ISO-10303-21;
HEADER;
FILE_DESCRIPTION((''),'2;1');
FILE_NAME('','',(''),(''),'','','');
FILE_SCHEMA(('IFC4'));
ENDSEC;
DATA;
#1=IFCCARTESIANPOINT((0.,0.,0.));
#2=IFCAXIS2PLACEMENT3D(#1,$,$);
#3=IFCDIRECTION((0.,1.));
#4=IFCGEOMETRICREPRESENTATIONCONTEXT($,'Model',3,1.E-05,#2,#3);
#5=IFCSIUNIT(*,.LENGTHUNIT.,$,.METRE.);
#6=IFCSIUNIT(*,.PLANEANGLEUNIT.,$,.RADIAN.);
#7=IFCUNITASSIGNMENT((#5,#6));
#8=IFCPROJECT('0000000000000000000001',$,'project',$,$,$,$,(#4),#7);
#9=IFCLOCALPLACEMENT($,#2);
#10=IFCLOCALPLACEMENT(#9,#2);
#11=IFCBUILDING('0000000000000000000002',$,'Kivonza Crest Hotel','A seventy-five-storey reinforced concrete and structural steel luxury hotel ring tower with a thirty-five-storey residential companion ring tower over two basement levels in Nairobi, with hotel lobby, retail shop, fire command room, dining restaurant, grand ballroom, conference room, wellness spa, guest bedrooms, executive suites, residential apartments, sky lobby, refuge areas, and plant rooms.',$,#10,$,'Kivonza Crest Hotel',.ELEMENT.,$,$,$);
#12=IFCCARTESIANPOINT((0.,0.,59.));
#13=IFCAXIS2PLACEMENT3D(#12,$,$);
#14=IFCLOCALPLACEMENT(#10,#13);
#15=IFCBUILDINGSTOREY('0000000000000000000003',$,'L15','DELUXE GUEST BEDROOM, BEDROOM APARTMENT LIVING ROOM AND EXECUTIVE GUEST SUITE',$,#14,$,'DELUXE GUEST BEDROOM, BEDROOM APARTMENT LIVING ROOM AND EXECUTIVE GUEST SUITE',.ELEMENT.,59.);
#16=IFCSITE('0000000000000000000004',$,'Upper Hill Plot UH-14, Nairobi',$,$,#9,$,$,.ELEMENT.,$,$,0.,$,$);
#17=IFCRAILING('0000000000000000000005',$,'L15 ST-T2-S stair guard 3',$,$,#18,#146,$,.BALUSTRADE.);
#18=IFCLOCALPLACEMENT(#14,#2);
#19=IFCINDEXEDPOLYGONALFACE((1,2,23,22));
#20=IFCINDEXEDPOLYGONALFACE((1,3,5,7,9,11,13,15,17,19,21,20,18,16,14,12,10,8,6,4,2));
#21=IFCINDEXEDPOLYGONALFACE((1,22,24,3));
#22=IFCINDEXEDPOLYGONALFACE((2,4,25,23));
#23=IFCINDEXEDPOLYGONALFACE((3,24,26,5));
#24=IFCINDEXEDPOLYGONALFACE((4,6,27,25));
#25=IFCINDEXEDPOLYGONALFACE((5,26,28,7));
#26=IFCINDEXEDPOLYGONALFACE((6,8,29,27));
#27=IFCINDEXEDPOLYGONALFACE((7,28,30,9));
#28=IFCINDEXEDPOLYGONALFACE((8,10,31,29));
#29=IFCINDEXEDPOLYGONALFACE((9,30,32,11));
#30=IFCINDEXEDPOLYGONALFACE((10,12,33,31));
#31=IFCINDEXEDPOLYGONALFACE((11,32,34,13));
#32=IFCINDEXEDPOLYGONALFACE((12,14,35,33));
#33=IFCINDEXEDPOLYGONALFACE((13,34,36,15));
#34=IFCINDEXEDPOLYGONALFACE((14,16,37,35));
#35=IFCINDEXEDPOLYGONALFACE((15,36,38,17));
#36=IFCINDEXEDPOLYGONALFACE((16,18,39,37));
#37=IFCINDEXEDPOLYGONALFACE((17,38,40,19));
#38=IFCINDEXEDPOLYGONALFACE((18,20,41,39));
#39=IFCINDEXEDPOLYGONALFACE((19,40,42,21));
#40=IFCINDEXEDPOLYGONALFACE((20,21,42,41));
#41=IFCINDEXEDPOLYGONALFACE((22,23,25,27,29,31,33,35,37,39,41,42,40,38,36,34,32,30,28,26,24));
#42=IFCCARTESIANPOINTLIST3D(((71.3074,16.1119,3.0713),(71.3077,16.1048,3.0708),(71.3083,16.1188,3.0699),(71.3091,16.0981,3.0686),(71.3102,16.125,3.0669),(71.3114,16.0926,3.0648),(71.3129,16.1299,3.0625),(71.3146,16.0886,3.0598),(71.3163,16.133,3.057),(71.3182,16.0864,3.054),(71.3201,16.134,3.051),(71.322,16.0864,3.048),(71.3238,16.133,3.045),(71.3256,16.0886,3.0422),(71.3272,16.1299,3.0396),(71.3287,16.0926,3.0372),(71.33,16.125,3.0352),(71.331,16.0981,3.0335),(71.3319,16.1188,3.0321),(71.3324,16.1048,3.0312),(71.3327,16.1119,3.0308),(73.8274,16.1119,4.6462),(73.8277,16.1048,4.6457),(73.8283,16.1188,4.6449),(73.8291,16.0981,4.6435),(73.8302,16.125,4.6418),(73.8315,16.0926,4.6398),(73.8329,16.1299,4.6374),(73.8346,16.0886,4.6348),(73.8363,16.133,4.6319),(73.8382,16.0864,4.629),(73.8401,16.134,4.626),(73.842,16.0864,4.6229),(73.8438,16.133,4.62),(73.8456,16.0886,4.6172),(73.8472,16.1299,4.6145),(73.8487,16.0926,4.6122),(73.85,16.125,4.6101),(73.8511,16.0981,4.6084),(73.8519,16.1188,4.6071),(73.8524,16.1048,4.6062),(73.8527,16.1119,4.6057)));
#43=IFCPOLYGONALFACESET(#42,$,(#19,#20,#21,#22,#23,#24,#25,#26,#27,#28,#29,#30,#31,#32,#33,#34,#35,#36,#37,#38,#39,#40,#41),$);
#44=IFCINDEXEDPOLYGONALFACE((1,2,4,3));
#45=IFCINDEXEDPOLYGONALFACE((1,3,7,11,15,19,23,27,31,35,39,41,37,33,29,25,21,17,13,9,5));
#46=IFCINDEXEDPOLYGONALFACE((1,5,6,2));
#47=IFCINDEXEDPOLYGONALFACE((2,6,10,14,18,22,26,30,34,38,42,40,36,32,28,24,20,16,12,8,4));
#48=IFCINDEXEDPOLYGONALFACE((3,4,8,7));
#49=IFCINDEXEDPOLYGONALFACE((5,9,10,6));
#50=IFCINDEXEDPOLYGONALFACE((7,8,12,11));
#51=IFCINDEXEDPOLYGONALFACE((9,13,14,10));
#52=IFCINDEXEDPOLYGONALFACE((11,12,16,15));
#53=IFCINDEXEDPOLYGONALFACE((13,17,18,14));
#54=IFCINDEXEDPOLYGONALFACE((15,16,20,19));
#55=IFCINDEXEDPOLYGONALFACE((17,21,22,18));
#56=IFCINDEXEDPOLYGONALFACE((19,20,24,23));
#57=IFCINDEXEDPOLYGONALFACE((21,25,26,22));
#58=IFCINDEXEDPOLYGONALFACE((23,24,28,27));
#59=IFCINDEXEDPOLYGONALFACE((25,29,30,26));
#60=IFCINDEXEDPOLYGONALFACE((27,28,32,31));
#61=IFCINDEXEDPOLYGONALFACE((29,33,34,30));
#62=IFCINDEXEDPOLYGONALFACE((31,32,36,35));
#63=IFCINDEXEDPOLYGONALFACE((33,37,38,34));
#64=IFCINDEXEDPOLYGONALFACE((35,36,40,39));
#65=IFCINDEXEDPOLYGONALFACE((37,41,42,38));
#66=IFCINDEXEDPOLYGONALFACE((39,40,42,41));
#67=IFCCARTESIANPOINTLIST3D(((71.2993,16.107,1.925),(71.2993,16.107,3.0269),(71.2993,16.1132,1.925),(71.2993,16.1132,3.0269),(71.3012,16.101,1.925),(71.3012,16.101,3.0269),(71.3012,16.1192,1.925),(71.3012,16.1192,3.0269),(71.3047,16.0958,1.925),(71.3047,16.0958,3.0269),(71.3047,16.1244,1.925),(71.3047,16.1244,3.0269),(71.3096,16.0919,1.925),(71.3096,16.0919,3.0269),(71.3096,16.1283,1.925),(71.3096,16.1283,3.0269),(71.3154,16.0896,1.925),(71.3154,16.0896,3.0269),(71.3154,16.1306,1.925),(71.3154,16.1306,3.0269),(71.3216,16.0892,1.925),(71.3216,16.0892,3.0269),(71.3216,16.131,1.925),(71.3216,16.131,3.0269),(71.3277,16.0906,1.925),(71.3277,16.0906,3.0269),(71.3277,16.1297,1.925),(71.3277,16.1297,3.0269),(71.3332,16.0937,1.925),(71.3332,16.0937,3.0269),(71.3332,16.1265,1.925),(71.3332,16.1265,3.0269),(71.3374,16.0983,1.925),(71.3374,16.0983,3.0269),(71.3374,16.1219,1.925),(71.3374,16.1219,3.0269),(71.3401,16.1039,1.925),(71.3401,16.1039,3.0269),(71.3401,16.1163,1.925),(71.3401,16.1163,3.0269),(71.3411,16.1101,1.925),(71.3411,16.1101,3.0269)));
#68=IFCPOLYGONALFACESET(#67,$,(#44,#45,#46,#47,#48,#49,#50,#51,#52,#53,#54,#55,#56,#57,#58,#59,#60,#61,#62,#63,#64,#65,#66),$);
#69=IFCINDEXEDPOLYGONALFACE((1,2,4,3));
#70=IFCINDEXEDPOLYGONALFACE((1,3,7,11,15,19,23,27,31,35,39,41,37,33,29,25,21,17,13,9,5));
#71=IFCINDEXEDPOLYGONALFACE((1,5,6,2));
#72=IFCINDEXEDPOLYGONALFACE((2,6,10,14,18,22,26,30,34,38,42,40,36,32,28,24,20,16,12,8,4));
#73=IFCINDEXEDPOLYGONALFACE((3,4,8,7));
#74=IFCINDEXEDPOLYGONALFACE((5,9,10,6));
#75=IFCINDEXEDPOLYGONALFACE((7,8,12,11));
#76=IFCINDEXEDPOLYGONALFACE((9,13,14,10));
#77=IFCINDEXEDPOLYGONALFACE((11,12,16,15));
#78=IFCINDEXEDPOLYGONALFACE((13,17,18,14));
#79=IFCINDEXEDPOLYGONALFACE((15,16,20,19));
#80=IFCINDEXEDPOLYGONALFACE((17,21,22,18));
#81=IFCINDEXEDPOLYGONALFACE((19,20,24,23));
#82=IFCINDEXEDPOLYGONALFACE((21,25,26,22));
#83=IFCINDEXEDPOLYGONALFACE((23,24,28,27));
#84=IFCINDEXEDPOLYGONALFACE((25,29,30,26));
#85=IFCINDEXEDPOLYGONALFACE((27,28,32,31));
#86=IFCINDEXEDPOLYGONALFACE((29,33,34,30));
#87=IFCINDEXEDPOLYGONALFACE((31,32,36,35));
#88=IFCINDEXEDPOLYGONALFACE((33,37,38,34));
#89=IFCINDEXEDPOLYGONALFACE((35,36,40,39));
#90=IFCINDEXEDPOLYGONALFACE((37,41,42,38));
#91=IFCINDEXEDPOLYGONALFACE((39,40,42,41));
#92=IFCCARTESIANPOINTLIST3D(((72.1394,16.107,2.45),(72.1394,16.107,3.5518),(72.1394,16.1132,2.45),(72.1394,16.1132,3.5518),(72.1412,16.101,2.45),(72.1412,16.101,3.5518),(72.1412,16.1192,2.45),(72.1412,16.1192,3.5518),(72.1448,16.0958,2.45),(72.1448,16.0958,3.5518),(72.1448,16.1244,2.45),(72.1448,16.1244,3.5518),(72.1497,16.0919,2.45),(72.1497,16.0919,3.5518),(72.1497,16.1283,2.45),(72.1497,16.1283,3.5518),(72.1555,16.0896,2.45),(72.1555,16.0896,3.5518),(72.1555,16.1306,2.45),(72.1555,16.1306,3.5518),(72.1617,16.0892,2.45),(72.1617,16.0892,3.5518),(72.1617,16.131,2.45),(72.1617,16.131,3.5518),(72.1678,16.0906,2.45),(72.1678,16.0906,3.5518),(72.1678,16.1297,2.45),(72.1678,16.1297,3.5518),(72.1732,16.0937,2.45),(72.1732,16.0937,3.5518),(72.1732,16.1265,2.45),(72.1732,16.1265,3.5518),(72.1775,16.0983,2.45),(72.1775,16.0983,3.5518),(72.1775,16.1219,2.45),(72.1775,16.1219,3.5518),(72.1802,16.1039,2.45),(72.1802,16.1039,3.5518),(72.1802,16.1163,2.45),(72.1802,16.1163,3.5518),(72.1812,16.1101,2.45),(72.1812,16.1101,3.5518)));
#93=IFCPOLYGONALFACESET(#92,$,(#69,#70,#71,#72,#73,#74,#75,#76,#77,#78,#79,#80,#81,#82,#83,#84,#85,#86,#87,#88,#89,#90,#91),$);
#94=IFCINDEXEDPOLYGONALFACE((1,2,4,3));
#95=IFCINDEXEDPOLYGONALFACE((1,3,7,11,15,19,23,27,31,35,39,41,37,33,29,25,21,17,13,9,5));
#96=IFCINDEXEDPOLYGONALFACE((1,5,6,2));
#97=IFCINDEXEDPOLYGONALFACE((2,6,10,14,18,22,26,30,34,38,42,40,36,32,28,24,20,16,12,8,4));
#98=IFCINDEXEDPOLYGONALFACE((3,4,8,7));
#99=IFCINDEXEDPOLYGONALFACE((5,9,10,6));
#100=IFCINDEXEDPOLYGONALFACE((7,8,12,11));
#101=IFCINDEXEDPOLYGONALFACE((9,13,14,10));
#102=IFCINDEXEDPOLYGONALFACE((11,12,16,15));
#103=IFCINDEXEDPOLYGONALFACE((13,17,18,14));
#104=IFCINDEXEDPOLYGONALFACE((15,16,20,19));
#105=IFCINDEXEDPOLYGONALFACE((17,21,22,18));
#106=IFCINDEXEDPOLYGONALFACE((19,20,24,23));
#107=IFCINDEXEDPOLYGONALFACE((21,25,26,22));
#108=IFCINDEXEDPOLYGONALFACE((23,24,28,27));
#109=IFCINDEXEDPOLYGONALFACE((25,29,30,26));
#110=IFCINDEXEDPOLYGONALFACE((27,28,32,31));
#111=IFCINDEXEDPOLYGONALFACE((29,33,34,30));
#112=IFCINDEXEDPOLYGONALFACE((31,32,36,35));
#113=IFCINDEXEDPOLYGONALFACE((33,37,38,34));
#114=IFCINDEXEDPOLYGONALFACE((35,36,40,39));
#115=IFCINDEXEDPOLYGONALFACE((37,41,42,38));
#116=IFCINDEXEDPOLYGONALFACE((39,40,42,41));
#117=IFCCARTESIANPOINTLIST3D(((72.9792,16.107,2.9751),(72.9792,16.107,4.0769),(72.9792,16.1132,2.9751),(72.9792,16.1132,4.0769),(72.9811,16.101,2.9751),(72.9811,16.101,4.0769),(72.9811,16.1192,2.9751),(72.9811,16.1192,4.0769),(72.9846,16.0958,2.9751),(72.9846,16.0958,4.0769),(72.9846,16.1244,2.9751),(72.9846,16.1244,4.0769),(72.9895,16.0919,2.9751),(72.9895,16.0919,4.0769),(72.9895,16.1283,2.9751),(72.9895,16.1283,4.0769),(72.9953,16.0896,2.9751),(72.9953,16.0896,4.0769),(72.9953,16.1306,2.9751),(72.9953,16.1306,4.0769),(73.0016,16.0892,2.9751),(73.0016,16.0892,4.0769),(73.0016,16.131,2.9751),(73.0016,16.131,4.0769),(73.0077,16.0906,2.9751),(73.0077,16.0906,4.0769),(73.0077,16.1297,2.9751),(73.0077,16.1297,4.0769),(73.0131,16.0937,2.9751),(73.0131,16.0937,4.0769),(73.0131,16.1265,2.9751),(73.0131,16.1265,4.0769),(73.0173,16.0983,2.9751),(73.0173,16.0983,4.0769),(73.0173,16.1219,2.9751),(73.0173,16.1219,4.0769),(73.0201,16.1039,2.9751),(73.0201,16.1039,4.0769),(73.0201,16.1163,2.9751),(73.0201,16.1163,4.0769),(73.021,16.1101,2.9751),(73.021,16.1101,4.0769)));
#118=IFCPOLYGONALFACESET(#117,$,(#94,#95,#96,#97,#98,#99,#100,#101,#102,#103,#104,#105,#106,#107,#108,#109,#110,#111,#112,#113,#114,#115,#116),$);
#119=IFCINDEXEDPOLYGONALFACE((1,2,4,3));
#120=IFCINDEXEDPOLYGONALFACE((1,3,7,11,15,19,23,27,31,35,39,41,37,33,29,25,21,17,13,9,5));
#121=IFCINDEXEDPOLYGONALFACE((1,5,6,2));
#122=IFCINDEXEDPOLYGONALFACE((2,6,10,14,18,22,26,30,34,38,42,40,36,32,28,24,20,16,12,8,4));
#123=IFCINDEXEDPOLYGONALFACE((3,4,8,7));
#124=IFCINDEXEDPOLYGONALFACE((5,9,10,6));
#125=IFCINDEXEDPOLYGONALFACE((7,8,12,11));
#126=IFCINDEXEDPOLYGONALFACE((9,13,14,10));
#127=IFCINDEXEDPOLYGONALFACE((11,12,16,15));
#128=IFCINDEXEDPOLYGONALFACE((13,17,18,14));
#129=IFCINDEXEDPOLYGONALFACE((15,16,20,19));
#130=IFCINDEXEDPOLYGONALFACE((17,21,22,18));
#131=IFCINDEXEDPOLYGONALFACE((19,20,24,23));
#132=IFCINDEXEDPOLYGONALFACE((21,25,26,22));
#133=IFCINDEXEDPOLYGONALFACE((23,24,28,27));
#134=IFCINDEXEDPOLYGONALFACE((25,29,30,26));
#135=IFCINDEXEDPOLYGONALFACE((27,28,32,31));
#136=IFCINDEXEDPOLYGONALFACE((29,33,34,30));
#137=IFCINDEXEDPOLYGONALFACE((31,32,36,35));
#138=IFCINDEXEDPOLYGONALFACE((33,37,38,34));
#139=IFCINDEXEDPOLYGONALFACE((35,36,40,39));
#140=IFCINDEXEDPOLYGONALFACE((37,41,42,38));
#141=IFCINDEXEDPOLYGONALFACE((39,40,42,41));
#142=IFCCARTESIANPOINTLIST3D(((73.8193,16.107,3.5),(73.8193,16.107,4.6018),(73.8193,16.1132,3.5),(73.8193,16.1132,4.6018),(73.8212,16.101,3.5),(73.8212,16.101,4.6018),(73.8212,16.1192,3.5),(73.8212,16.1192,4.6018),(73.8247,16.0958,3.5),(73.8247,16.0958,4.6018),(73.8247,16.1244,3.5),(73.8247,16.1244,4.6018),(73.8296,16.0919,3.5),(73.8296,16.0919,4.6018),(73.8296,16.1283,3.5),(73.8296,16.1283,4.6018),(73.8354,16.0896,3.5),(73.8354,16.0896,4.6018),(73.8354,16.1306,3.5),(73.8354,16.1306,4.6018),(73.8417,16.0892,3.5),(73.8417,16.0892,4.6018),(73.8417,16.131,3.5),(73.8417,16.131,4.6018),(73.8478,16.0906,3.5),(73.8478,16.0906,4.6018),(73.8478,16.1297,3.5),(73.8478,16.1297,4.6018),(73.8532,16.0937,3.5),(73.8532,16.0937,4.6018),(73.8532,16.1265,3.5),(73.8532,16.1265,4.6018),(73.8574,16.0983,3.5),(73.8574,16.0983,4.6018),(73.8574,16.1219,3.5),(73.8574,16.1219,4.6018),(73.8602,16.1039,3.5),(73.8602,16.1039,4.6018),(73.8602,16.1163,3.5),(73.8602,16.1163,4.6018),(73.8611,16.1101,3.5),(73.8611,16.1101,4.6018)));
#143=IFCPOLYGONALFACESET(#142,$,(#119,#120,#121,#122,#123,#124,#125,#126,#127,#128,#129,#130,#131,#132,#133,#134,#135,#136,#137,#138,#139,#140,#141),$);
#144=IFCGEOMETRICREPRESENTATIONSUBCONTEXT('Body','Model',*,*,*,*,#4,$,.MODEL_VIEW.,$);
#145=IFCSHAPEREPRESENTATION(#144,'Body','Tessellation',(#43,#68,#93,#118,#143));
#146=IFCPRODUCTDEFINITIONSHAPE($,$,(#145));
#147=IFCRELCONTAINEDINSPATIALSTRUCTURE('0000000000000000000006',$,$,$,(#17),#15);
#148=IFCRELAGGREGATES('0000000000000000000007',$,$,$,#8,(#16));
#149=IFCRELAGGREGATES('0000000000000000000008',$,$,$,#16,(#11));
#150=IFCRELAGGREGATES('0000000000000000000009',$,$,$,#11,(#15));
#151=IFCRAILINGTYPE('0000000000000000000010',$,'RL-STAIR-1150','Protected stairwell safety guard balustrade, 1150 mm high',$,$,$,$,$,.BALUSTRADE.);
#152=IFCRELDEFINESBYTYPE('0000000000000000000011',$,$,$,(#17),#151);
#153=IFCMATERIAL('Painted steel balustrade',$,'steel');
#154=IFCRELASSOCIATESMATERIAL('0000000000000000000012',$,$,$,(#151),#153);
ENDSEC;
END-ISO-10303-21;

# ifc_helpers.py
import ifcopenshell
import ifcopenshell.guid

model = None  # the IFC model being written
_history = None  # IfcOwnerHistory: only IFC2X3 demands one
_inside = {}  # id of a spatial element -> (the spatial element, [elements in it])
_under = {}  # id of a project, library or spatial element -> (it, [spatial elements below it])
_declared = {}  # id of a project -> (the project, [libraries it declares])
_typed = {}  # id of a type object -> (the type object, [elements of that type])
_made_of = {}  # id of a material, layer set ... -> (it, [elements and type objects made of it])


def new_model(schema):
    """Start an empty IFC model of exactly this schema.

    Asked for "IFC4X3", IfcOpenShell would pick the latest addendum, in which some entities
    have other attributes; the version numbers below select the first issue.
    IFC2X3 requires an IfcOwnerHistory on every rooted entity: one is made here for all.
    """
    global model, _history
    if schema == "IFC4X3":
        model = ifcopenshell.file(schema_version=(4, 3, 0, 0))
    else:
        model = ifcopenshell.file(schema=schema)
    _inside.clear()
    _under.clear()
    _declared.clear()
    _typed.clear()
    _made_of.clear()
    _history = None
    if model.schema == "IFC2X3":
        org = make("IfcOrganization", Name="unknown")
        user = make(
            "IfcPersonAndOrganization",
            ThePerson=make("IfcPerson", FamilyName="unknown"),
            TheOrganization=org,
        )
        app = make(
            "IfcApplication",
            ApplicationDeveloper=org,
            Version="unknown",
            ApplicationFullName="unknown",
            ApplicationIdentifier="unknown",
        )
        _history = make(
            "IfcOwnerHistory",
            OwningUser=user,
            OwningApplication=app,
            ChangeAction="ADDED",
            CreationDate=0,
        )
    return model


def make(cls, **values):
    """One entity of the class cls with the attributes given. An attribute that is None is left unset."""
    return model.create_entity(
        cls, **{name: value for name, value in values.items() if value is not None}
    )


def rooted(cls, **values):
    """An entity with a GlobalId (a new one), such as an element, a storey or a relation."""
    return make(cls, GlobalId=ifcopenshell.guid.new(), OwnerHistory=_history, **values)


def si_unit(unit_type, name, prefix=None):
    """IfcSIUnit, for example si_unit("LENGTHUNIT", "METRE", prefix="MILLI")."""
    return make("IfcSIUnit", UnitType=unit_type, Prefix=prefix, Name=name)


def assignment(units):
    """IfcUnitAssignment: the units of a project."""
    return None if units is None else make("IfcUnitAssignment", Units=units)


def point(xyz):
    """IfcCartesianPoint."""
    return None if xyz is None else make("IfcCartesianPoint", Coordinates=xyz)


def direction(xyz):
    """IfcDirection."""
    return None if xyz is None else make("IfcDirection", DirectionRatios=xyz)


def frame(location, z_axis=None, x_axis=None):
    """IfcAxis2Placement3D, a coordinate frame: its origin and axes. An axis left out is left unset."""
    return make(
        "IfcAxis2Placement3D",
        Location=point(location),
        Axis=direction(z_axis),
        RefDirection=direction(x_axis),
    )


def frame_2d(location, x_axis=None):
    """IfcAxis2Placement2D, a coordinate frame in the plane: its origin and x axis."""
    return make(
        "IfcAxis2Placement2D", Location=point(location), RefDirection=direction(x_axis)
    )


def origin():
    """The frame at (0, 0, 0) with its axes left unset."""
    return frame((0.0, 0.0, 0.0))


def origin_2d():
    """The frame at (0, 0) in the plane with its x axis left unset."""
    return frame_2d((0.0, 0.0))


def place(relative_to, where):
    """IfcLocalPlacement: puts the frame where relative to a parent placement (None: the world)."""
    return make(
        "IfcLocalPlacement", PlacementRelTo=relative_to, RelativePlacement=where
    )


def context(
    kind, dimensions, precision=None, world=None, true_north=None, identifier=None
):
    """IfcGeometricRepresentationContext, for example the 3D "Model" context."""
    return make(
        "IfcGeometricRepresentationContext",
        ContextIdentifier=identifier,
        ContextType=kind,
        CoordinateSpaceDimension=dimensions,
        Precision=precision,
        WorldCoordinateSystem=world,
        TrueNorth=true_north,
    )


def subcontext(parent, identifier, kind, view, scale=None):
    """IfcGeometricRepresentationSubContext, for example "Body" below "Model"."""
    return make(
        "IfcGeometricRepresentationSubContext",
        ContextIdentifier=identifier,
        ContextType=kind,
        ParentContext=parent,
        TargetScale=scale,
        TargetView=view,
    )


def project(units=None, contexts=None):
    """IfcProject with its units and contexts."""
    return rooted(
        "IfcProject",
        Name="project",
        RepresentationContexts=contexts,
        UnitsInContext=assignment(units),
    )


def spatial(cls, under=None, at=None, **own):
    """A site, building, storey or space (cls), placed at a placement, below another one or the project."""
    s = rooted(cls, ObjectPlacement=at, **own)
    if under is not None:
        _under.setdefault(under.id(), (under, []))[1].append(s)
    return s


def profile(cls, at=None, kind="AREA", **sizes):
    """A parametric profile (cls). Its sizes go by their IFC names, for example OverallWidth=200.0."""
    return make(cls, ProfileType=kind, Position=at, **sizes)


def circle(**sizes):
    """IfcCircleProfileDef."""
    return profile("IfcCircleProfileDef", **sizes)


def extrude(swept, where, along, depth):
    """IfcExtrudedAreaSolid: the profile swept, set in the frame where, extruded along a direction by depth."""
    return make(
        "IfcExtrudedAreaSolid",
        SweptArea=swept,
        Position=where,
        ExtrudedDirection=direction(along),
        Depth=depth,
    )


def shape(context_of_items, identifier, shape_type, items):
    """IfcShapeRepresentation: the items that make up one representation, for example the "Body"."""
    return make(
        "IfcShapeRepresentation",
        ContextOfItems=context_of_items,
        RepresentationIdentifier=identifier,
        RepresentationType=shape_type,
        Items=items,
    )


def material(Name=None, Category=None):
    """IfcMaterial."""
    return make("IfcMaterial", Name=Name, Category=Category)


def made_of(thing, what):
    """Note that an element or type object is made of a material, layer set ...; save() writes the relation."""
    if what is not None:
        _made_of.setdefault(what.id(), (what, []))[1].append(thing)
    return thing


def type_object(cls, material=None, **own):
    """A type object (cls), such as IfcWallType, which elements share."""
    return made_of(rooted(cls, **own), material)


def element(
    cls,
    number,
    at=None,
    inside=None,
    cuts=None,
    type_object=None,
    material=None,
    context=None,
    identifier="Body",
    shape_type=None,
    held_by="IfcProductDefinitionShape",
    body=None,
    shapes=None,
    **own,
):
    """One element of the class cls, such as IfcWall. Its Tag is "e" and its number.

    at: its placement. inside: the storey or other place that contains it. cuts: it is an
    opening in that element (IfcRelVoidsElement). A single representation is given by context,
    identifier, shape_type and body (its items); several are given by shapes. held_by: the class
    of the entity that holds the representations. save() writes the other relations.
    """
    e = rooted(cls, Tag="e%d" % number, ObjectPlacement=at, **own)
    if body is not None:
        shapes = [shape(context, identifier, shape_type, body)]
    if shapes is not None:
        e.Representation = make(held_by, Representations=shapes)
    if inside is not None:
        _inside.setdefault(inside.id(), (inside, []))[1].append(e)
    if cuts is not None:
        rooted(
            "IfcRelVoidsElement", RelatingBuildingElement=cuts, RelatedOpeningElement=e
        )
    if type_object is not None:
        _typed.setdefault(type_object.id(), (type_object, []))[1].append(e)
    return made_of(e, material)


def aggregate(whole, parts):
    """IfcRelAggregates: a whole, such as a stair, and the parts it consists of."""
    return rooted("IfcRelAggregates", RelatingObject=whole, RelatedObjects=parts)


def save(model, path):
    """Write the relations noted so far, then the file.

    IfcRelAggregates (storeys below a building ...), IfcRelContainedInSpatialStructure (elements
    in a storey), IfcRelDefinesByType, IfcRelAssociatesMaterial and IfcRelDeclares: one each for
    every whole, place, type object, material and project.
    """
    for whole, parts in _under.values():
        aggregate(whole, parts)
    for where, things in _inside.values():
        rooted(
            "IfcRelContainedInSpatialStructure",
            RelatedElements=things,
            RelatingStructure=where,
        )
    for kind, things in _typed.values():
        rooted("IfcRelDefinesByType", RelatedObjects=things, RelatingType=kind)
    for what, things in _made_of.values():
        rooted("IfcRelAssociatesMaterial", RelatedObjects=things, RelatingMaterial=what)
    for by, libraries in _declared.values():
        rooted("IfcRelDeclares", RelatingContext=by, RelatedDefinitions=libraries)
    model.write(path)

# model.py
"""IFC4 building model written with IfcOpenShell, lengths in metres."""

from ifc_helpers import new_model, si_unit, direction, frame, origin, origin_2d, place, context, subcontext, project, spatial, circle, extrude, material, type_object, element, save


model = new_model("IFC4")

# Units and contexts
model_context = context("Model", 3, precision=1e-05, world=origin(), true_north=direction((0.0, 1.0)))
body_context = subcontext(model_context, "Body", "Model", "MODEL_VIEW")
ifc_project = project(units=[si_unit("LENGTHUNIT", "METRE"), si_unit("PLANEANGLEUNIT", "RADIAN")], contexts=[model_context])

# Site, building, storey
site_placement = place(None, origin())
site = spatial("IfcSite", under=ifc_project, at=site_placement, Name="Upper Hill Plot UH-14, Nairobi", CompositionType="ELEMENT", RefElevation=0.0)
building_placement = place(site_placement, origin())
building = spatial("IfcBuilding", under=site, at=building_placement, Name="Kivonza Crest Hotel", Description="A seventy-five-storey reinforced concrete and structural steel luxury hotel ring tower with a thirty-five-storey residential companion ring tower over two basement levels in Nairobi, with hotel lobby, retail shop, fire command room, dining restaurant, grand ballroom, conference room, wellness spa, guest bedrooms, executive suites, residential apartments, sky lobby, refuge areas, and plant rooms.", LongName="Kivonza Crest Hotel", CompositionType="ELEMENT")
storey_placement = place(building_placement, frame((0.0, 0.0, 59.0)))
storey = spatial("IfcBuildingStorey", under=building, at=storey_placement, Name="L15", Description="DELUXE GUEST BEDROOM, BEDROOM APARTMENT LIVING ROOM AND EXECUTIVE GUEST SUITE", LongName="DELUXE GUEST BEDROOM, BEDROOM APARTMENT LIVING ROOM AND EXECUTIVE GUEST SUITE", CompositionType="ELEMENT", Elevation=59.0)

# Railing
ifc_material_1 = material(Name="Painted steel balustrade", Category="steel")
railing_type_1 = type_object("IfcRailingType", Name="RL-STAIR-1150", Description="Protected stairwell safety guard balustrade, 1150 mm high", PredefinedType="BALUSTRADE", material=ifc_material_1)
railing_1_placement = place(storey_placement, frame((71.3201, 16.1101, 1.925)))
element("IfcRailing", 1, at=railing_1_placement, inside=storey, type_object=railing_type_1, Name="L15 ST-T2-S stair guard 3", PredefinedType="BALUSTRADE", context=body_context, shape_type="SweptSolid", body=[
    extrude(circle(Radius=0.0239, at=origin_2d()), frame((0.0, 0.0, 1.126), z_axis=(0.848008, 0.0, 0.529984), x_axis=(0.0, 1.0, 0.0)), (0.0, 0.0, 1.0), 2.9717),
    extrude(circle(Radius=0.021, at=origin_2d()), origin(), (0.0, 0.0, 1.0), 1.1018),
    extrude(circle(Radius=0.021, at=origin_2d()), frame((0.8401, 0.0, 0.5249)), (0.0, 0.0, 1.0), 1.1018),
    extrude(circle(Radius=0.021, at=origin_2d()), frame((1.6799, 0.0, 1.05)), (0.0, 0.0, 1.0), 1.1018),
    extrude(circle(Radius=0.021, at=origin_2d()), frame((2.52, 0.0, 1.575)), (0.0, 0.0, 1.0), 1.1018),
])

save(model, "model.ifc")
